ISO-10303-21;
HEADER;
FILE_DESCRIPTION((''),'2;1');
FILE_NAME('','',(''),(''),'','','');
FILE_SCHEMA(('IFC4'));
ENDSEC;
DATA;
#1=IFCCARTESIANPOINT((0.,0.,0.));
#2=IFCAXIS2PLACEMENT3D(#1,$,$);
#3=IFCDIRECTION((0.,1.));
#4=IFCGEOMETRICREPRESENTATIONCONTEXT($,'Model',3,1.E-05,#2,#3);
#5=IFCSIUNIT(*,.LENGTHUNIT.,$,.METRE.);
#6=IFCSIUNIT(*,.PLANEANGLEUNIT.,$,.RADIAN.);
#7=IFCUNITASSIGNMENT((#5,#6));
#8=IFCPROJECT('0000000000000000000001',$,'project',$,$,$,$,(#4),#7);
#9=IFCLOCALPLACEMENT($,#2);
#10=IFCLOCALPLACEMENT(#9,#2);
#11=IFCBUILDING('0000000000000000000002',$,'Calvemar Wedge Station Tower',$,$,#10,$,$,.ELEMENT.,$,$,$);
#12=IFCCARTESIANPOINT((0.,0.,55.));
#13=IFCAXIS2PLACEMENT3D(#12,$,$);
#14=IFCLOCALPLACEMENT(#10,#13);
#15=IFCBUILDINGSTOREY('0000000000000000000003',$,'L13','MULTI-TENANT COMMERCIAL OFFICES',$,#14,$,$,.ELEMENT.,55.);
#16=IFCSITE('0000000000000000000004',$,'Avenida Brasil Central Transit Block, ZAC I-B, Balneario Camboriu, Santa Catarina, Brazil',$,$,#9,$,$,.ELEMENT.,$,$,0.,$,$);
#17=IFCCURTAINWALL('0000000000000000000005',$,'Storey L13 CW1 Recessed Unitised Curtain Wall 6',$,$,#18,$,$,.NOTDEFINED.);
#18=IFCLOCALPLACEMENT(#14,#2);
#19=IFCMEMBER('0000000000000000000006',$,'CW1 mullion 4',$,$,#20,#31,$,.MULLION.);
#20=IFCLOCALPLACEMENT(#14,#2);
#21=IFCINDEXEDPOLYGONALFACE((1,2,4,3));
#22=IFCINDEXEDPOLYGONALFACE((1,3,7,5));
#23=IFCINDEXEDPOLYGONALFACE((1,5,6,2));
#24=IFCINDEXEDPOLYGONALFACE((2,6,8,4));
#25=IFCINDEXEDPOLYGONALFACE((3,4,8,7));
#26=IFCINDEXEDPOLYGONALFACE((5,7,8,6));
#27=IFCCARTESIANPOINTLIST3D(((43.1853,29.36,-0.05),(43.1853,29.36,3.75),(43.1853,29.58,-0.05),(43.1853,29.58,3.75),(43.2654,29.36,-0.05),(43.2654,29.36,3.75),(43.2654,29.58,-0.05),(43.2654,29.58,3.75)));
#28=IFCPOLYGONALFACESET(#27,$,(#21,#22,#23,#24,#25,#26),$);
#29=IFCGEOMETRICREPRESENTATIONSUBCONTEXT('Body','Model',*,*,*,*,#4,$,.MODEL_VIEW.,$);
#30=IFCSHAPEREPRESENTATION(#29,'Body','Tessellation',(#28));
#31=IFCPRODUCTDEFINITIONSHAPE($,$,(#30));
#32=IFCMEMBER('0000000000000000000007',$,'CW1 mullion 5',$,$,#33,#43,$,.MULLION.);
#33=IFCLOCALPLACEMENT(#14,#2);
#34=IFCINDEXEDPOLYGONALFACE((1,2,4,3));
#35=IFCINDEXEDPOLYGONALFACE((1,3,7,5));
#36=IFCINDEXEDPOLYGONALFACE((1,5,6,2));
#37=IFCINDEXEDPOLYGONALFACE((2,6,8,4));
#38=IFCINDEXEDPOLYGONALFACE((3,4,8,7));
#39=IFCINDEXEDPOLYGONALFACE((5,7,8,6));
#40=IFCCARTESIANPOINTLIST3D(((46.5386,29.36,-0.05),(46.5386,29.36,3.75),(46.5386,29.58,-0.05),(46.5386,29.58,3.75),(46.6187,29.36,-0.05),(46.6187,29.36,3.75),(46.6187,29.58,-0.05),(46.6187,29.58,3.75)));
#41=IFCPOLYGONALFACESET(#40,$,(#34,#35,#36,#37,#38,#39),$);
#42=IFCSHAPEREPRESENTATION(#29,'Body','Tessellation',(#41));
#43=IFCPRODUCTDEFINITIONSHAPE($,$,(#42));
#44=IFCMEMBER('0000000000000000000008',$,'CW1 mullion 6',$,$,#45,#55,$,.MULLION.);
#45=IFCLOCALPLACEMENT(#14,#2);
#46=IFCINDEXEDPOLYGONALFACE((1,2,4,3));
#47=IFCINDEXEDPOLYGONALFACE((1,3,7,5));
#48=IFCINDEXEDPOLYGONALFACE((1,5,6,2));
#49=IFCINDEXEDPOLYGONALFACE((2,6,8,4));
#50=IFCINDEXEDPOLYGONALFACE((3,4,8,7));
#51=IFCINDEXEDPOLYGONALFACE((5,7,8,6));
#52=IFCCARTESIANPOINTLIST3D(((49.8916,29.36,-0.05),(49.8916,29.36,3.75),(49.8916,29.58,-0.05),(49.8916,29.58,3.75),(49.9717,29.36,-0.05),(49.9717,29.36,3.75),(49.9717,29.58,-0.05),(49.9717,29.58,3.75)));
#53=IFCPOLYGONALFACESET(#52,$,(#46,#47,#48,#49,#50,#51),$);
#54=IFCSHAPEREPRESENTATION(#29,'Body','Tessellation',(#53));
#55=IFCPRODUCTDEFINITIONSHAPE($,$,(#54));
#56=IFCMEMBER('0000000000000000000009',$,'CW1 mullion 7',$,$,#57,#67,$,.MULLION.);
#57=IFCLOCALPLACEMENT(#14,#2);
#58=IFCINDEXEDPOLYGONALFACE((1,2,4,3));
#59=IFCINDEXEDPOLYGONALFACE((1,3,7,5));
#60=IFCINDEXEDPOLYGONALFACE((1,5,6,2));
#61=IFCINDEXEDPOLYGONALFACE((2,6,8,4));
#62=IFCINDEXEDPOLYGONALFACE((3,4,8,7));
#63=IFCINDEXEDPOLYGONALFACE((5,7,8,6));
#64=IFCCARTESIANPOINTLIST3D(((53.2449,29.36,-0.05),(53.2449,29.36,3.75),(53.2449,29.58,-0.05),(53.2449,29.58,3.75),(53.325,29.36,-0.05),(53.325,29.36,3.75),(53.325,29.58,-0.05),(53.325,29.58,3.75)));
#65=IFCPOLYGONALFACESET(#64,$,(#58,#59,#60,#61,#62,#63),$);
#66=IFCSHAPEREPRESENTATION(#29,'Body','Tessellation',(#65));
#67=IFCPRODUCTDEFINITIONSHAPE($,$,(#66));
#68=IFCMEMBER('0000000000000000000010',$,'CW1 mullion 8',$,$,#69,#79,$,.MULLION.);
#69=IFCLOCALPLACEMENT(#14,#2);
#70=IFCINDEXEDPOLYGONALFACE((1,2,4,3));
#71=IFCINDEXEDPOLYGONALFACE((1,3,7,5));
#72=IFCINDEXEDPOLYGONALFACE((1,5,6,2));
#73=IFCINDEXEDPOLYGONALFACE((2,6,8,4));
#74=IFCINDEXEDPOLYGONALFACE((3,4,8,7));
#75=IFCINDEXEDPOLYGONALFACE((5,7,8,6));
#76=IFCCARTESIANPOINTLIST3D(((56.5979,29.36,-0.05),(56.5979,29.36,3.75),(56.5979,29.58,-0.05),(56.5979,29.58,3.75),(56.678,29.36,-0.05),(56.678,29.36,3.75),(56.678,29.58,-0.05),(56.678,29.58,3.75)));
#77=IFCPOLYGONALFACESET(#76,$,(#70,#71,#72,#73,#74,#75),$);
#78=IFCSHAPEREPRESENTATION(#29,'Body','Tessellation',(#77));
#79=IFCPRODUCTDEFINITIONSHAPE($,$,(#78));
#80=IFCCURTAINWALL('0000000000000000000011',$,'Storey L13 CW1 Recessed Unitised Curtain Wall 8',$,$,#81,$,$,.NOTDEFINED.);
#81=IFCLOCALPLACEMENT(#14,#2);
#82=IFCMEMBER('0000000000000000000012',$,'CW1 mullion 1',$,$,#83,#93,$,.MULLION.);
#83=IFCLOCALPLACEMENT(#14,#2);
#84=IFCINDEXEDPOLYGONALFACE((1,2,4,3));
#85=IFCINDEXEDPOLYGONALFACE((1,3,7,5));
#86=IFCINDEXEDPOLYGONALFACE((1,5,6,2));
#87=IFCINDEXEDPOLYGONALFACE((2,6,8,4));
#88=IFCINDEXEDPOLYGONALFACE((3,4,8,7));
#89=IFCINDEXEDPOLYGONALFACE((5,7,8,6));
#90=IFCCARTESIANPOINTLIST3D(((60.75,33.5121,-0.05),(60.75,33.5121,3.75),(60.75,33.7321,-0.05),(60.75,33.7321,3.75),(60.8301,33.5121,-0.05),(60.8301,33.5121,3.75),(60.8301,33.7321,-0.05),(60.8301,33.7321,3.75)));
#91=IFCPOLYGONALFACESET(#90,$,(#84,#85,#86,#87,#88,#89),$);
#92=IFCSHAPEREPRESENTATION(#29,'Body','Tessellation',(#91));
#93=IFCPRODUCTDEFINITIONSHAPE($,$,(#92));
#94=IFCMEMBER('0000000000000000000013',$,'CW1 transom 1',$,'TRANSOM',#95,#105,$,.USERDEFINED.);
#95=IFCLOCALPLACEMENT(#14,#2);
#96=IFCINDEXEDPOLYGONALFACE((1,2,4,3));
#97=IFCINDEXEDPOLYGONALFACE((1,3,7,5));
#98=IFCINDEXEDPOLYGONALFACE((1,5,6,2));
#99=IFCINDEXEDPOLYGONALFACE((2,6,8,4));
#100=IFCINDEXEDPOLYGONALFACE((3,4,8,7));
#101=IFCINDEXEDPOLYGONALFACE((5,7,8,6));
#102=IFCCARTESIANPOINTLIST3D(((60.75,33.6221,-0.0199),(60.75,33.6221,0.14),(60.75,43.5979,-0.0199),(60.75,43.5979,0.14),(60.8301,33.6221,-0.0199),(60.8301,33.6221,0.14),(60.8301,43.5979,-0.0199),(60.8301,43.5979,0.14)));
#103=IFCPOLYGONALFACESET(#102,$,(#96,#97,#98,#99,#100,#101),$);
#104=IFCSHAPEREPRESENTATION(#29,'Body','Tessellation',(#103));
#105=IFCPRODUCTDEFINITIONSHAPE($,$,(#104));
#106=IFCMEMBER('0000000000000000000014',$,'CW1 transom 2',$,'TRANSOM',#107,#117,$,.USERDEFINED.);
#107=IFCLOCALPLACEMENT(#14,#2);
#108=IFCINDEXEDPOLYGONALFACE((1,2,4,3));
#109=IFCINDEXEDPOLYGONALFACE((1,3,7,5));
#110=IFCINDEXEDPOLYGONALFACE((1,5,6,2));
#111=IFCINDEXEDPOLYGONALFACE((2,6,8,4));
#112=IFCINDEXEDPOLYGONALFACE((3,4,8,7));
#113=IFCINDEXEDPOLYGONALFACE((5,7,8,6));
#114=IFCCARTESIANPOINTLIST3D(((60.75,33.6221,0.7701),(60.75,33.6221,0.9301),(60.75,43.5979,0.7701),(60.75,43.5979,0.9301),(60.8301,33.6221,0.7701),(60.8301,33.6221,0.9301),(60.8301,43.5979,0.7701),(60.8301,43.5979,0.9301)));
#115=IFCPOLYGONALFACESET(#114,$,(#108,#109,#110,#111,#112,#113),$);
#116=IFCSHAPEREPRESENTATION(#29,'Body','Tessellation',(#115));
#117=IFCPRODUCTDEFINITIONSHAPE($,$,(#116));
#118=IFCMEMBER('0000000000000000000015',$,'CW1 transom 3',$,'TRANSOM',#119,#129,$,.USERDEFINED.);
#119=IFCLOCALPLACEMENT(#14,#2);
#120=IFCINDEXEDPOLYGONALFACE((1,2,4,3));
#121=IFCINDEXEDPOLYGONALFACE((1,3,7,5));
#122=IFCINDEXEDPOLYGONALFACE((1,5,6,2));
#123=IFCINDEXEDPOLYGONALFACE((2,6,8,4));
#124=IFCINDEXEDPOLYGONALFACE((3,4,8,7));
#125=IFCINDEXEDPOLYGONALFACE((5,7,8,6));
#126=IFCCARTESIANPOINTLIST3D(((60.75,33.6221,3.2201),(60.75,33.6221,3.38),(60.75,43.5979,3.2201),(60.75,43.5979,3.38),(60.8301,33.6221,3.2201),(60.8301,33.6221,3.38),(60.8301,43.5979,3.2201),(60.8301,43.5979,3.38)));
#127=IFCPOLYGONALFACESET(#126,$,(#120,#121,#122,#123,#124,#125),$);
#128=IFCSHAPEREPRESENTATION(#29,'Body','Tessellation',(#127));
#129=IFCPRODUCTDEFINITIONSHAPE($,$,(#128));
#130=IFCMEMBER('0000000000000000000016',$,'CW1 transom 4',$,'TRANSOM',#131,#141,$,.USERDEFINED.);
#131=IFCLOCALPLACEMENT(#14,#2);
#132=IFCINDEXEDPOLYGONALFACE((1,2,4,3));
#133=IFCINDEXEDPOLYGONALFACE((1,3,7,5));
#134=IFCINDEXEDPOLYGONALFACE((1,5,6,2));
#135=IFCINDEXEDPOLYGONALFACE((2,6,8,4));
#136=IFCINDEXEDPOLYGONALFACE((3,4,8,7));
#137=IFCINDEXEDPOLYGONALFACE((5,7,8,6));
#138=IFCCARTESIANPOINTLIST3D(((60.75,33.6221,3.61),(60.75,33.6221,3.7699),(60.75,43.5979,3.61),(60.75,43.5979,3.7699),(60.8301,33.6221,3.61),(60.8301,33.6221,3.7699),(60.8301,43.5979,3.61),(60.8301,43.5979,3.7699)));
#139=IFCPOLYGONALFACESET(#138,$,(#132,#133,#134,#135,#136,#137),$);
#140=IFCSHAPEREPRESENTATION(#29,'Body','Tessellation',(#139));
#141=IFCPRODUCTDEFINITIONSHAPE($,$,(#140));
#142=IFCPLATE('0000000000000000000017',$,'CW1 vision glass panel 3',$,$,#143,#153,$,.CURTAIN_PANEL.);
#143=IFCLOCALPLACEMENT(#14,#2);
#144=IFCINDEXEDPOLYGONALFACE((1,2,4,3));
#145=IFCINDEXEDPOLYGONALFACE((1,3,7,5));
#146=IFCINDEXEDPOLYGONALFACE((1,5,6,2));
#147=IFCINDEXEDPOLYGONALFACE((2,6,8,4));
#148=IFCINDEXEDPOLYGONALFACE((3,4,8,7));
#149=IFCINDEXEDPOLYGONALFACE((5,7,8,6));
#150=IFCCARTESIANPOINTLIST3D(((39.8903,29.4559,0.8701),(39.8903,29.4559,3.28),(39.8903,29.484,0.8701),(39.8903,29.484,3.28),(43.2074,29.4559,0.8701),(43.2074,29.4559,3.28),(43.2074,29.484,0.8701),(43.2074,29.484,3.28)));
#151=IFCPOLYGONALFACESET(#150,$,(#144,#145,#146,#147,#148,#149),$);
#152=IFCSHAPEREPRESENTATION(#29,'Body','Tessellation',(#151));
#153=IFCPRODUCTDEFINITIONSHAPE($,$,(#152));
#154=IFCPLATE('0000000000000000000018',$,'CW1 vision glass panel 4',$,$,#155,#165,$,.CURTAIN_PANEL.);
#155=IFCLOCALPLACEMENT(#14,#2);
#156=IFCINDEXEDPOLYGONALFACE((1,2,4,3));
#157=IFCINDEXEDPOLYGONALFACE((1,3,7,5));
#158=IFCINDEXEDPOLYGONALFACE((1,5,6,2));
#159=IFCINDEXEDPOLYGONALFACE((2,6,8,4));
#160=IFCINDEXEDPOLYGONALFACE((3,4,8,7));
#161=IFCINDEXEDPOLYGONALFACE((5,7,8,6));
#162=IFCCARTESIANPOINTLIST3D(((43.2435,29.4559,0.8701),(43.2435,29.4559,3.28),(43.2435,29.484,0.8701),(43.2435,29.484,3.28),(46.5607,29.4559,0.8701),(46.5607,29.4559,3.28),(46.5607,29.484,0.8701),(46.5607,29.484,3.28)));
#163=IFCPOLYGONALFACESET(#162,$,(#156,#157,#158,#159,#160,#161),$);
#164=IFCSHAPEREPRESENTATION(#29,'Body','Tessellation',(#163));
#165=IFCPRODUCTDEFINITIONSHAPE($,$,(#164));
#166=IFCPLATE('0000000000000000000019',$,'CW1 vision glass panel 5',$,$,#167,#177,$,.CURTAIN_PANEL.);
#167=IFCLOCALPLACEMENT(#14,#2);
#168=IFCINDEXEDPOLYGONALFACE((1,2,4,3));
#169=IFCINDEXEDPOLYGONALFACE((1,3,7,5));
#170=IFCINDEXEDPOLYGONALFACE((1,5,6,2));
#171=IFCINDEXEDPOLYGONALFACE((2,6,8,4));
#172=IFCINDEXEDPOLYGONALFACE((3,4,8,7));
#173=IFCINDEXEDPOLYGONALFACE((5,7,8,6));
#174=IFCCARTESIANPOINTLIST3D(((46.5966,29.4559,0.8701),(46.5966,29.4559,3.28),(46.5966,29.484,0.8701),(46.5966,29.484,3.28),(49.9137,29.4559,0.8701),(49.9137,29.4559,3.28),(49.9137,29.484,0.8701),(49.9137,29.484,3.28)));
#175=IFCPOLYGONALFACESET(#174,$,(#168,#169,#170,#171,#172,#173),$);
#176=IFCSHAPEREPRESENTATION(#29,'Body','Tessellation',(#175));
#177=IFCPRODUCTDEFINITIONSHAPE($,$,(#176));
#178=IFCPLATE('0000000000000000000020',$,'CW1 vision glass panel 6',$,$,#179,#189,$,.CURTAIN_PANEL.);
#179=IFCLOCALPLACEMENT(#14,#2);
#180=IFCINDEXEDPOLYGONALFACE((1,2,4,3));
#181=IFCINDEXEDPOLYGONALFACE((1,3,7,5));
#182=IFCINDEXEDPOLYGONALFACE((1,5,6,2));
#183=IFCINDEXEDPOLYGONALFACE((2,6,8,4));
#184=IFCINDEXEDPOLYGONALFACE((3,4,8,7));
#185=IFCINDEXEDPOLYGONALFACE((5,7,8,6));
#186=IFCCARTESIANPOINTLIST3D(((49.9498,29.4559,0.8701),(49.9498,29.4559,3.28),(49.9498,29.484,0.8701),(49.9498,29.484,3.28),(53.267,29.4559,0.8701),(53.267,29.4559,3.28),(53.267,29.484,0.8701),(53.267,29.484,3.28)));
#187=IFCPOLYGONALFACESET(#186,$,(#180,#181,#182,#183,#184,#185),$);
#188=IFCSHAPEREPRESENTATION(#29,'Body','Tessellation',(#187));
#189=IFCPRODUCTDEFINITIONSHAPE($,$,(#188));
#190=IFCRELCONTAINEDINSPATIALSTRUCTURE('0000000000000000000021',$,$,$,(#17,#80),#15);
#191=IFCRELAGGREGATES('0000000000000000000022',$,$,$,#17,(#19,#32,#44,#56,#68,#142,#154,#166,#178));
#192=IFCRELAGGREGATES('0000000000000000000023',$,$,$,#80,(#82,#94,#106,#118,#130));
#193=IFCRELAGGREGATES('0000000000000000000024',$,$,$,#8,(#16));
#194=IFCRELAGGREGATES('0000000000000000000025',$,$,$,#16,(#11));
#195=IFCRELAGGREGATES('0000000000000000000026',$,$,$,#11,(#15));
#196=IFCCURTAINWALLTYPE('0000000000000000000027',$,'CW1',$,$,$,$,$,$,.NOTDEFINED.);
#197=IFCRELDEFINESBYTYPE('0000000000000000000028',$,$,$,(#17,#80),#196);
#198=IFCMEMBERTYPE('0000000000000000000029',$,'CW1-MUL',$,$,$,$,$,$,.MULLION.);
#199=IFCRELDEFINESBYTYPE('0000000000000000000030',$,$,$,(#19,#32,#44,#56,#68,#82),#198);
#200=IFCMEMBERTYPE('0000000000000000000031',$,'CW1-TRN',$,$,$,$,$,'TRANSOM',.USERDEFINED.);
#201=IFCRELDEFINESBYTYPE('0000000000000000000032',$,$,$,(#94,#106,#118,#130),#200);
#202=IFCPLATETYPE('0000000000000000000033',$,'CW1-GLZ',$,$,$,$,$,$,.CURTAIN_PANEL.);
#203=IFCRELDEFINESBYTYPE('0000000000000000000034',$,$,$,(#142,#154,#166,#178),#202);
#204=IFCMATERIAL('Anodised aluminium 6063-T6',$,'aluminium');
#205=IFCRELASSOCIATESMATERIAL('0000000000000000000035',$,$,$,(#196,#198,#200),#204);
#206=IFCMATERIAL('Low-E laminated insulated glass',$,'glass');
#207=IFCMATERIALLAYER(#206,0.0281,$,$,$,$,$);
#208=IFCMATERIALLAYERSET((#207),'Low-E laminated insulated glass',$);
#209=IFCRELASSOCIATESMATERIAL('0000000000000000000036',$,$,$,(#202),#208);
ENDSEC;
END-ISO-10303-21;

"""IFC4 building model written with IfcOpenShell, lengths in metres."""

from ifc_helpers import new_model, si_unit, direction, frame, frame_2d, origin, origin_2d, place, context, subcontext, project, spatial, rectangle, extrude, source, transform, mapped, material, layer, layer_set, material_profile, profile_set, type_object, element, aggregate, save


model = new_model("IFC4")

# Units and contexts
model_context = context("Model", 3, precision=1e-05, world=origin(), true_north=direction((0.0, 1.0)))
body_context = subcontext(model_context, "Body", "Model", "MODEL_VIEW")
ifc_project = project(units=[si_unit("LENGTHUNIT", "METRE"), si_unit("PLANEANGLEUNIT", "RADIAN")], contexts=[model_context])

# Site, building, storey
site_placement = place(None, origin())
site = spatial("IfcSite", under=ifc_project, at=site_placement, Name="Avenida Brasil Central Transit Block, ZAC I-B, Balneario Camboriu, Santa Catarina, Brazil", CompositionType="ELEMENT", RefElevation=0.0)
building_placement = place(site_placement, origin())
building = spatial("IfcBuilding", under=site, at=building_placement, Name="Calvemar Wedge Station Tower", CompositionType="ELEMENT")
storey_placement = place(building_placement, frame((0.0, 0.0, 55.0)))
storey = spatial("IfcBuildingStorey", under=building, at=storey_placement, Name="L13", Description="MULTI-TENANT COMMERCIAL OFFICES", CompositionType="ELEMENT", Elevation=55.0)

# Curtain walls, members
ifc_material_1 = material(Name="Anodised aluminium 6063-T6", Category="aluminium")
curtain_wall_type = type_object("IfcCurtainWallType", Name="CW1", PredefinedType="NOTDEFINED", material=ifc_material_1)
curtain_wall_1_placement = place(storey_placement, origin())
curtain_wall_1 = element("IfcCurtainWall", 1, at=curtain_wall_1_placement, inside=storey, type_object=curtain_wall_type, Name="Storey L13 CW1 Recessed Unitised Curtain Wall 6", PredefinedType="NOTDEFINED")
ifc_material_profile_1 = material_profile(ifc_material_1, rectangle(XDim=0.0801, YDim=0.22, at=origin_2d()), Name="AL-MUL-80x220")
ifc_profile_set_1 = profile_set([ifc_material_profile_1], Name="Anodised aluminium 6063-T6")
member_type_1 = type_object("IfcMemberType", Name="CW1-MUL", PredefinedType="MULLION", material=ifc_profile_set_1)
shared_shape_1 = source(origin(), body_context, "Body", "SweptSolid", [
    extrude(rectangle(XDim=0.0801, YDim=0.22, at=origin_2d()), origin(), (0.0, 0.0, 1.0), 3.8),
])
member_1_placement = place(storey_placement, frame((43.2253, 29.47, -0.05), z_axis=(0.0, 0.0, 1.0), x_axis=(1.0, 0.0, 0.0)))
member_1 = element("IfcMember", 2, at=member_1_placement, type_object=member_type_1, Name="CW1 mullion 4", PredefinedType="MULLION", context=body_context, shape_type="MappedRepresentation", body=[
    mapped(shared_shape_1, transform((0.0, 0.0, 0.0), scale=1.0)),
])
member_2_placement = place(storey_placement, frame((46.5786, 29.47, -0.05), z_axis=(0.0, 0.0, 1.0), x_axis=(1.0, 0.0, 0.0)))
member_2 = element("IfcMember", 3, at=member_2_placement, type_object=member_type_1, Name="CW1 mullion 5", PredefinedType="MULLION", context=body_context, shape_type="MappedRepresentation", body=[
    mapped(shared_shape_1, transform((0.0, 0.0, 0.0), scale=1.0)),
])
member_3_placement = place(storey_placement, frame((49.9316, 29.47, -0.05), z_axis=(0.0, 0.0, 1.0), x_axis=(1.0, 0.0, 0.0)))
member_3 = element("IfcMember", 4, at=member_3_placement, type_object=member_type_1, Name="CW1 mullion 6", PredefinedType="MULLION", context=body_context, shape_type="MappedRepresentation", body=[
    mapped(shared_shape_1, transform((0.0, 0.0, 0.0), scale=1.0)),
])
member_4_placement = place(storey_placement, frame((53.2849, 29.47, -0.05), z_axis=(0.0, 0.0, 1.0), x_axis=(1.0, 0.0, 0.0)))
member_4 = element("IfcMember", 5, at=member_4_placement, type_object=member_type_1, Name="CW1 mullion 7", PredefinedType="MULLION", context=body_context, shape_type="MappedRepresentation", body=[
    mapped(shared_shape_1, transform((0.0, 0.0, 0.0), scale=1.0)),
])
member_5_placement = place(storey_placement, frame((56.6379, 29.47, -0.05), z_axis=(0.0, 0.0, 1.0), x_axis=(1.0, 0.0, 0.0)))
member_5 = element("IfcMember", 6, at=member_5_placement, type_object=member_type_1, Name="CW1 mullion 8", PredefinedType="MULLION", context=body_context, shape_type="MappedRepresentation", body=[
    mapped(shared_shape_1, transform((0.0, 0.0, 0.0), scale=1.0)),
])
curtain_wall_2_placement = place(storey_placement, origin())
curtain_wall_2 = element("IfcCurtainWall", 7, at=curtain_wall_2_placement, inside=storey, type_object=curtain_wall_type, Name="Storey L13 CW1 Recessed Unitised Curtain Wall 8", PredefinedType="NOTDEFINED")
member_6_placement = place(storey_placement, frame((60.79, 33.6221, -0.05), z_axis=(0.0, 0.0, 1.0), x_axis=(1.0, 0.0, 0.0)))
member_6 = element("IfcMember", 8, at=member_6_placement, type_object=member_type_1, Name="CW1 mullion 1", PredefinedType="MULLION", context=body_context, shape_type="MappedRepresentation", body=[
    mapped(shared_shape_1, transform((0.0, 0.0, 0.0), scale=1.0)),
])
ifc_material_profile_2 = material_profile(ifc_material_1, rectangle(XDim=0.0801, YDim=0.1599, at=origin_2d()), Name="AL-TRN-80x160")
ifc_profile_set_2 = profile_set([ifc_material_profile_2], Name="Anodised aluminium 6063-T6")
member_type_2 = type_object("IfcMemberType", Name="CW1-TRN", ElementType="TRANSOM", PredefinedType="USERDEFINED", material=ifc_profile_set_2)
shared_shape_2 = source(origin(), body_context, "Body", "SweptSolid", [
    extrude(rectangle(XDim=0.0801, YDim=0.1599, at=origin_2d()), origin(), (0.0, 0.0, 1.0), 9.9758),
])
member_7_placement = place(storey_placement, frame((60.79, 33.6221, 0.0601), z_axis=(0.0, 1.0, 0.0), x_axis=(-1.0, 0.0, 0.0)))
member_7 = element("IfcMember", 9, at=member_7_placement, type_object=member_type_2, Name="CW1 transom 1", ObjectType="TRANSOM", PredefinedType="USERDEFINED", context=body_context, shape_type="MappedRepresentation", body=[
    mapped(shared_shape_2, transform((0.0, 0.0, 0.0), scale=1.0)),
])
member_8_placement = place(storey_placement, frame((60.79, 33.6221, 0.8501), z_axis=(0.0, 1.0, 0.0), x_axis=(-1.0, 0.0, 0.0)))
member_8 = element("IfcMember", 10, at=member_8_placement, type_object=member_type_2, Name="CW1 transom 2", ObjectType="TRANSOM", PredefinedType="USERDEFINED", context=body_context, shape_type="MappedRepresentation", body=[
    mapped(shared_shape_2, transform((0.0, 0.0, 0.0), scale=1.0)),
])
member_9_placement = place(storey_placement, frame((60.79, 33.6221, 3.3), z_axis=(0.0, 1.0, 0.0), x_axis=(-1.0, 0.0, 0.0)))
member_9 = element("IfcMember", 11, at=member_9_placement, type_object=member_type_2, Name="CW1 transom 3", ObjectType="TRANSOM", PredefinedType="USERDEFINED", context=body_context, shape_type="MappedRepresentation", body=[
    mapped(shared_shape_2, transform((0.0, 0.0, 0.0), scale=1.0)),
])
member_10_placement = place(storey_placement, frame((60.79, 33.6221, 3.6899), z_axis=(0.0, 1.0, 0.0), x_axis=(-1.0, 0.0, 0.0)))
member_10 = element("IfcMember", 12, at=member_10_placement, type_object=member_type_2, Name="CW1 transom 4", ObjectType="TRANSOM", PredefinedType="USERDEFINED", context=body_context, shape_type="MappedRepresentation", body=[
    mapped(shared_shape_2, transform((0.0, 0.0, 0.0), scale=1.0)),
])

# Plates
ifc_material_2 = material(Name="Low-E laminated insulated glass", Category="glass")
ifc_layer_1 = layer(ifc_material_2, 0.0281)
ifc_layer_set_1 = layer_set([ifc_layer_1], Name="Low-E laminated insulated glass")
plate_type_1 = type_object("IfcPlateType", Name="CW1-GLZ", PredefinedType="CURTAIN_PANEL", material=ifc_layer_set_1)
plate_1_placement = place(storey_placement, frame((39.8901, 29.47, 0.8701), z_axis=(0.0, 0.0, 1.0), x_axis=(1.0, 0.0, 0.0)))
plate_1 = element("IfcPlate", 13, at=plate_1_placement, type_object=plate_type_1, Name="CW1 vision glass panel 3", PredefinedType="CURTAIN_PANEL", context=body_context, shape_type="SweptSolid", body=[
    extrude(rectangle(XDim=3.3171, YDim=0.0281, at=frame_2d((1.6587, 0.0))), origin(), (0.0, 0.0, 1.0), 2.4099),
])
plate_2_placement = place(storey_placement, frame((43.2434, 29.47, 0.8701), z_axis=(0.0, 0.0, 1.0), x_axis=(1.0, 0.0, 0.0)))
plate_2 = element("IfcPlate", 14, at=plate_2_placement, type_object=plate_type_1, Name="CW1 vision glass panel 4", PredefinedType="CURTAIN_PANEL", context=body_context, shape_type="SweptSolid", body=[
    extrude(rectangle(XDim=3.3171, YDim=0.0281, at=frame_2d((1.6587, 0.0))), origin(), (0.0, 0.0, 1.0), 2.4099),
])
plate_3_placement = place(storey_placement, frame((46.5964, 29.47, 0.8701), z_axis=(0.0, 0.0, 1.0), x_axis=(1.0, 0.0, 0.0)))
plate_3 = element("IfcPlate", 15, at=plate_3_placement, type_object=plate_type_1, Name="CW1 vision glass panel 5", PredefinedType="CURTAIN_PANEL", context=body_context, shape_type="SweptSolid", body=[
    extrude(rectangle(XDim=3.3171, YDim=0.0281, at=frame_2d((1.6587, 0.0))), origin(), (0.0, 0.0, 1.0), 2.4099),
])
plate_4_placement = place(storey_placement, frame((49.9497, 29.47, 0.8701), z_axis=(0.0, 0.0, 1.0), x_axis=(1.0, 0.0, 0.0)))
plate_4 = element("IfcPlate", 16, at=plate_4_placement, type_object=plate_type_1, Name="CW1 vision glass panel 6", PredefinedType="CURTAIN_PANEL", context=body_context, shape_type="SweptSolid", body=[
    extrude(rectangle(XDim=3.3171, YDim=0.0281, at=frame_2d((1.6587, 0.0))), origin(), (0.0, 0.0, 1.0), 2.4099),
])
aggregate(curtain_wall_1, [member_1, member_2, member_3, member_4, member_5, plate_1, plate_2, plate_3, plate_4])
aggregate(curtain_wall_2, [member_6, member_7, member_8, member_9, member_10])

save(model, "model.ifc")
